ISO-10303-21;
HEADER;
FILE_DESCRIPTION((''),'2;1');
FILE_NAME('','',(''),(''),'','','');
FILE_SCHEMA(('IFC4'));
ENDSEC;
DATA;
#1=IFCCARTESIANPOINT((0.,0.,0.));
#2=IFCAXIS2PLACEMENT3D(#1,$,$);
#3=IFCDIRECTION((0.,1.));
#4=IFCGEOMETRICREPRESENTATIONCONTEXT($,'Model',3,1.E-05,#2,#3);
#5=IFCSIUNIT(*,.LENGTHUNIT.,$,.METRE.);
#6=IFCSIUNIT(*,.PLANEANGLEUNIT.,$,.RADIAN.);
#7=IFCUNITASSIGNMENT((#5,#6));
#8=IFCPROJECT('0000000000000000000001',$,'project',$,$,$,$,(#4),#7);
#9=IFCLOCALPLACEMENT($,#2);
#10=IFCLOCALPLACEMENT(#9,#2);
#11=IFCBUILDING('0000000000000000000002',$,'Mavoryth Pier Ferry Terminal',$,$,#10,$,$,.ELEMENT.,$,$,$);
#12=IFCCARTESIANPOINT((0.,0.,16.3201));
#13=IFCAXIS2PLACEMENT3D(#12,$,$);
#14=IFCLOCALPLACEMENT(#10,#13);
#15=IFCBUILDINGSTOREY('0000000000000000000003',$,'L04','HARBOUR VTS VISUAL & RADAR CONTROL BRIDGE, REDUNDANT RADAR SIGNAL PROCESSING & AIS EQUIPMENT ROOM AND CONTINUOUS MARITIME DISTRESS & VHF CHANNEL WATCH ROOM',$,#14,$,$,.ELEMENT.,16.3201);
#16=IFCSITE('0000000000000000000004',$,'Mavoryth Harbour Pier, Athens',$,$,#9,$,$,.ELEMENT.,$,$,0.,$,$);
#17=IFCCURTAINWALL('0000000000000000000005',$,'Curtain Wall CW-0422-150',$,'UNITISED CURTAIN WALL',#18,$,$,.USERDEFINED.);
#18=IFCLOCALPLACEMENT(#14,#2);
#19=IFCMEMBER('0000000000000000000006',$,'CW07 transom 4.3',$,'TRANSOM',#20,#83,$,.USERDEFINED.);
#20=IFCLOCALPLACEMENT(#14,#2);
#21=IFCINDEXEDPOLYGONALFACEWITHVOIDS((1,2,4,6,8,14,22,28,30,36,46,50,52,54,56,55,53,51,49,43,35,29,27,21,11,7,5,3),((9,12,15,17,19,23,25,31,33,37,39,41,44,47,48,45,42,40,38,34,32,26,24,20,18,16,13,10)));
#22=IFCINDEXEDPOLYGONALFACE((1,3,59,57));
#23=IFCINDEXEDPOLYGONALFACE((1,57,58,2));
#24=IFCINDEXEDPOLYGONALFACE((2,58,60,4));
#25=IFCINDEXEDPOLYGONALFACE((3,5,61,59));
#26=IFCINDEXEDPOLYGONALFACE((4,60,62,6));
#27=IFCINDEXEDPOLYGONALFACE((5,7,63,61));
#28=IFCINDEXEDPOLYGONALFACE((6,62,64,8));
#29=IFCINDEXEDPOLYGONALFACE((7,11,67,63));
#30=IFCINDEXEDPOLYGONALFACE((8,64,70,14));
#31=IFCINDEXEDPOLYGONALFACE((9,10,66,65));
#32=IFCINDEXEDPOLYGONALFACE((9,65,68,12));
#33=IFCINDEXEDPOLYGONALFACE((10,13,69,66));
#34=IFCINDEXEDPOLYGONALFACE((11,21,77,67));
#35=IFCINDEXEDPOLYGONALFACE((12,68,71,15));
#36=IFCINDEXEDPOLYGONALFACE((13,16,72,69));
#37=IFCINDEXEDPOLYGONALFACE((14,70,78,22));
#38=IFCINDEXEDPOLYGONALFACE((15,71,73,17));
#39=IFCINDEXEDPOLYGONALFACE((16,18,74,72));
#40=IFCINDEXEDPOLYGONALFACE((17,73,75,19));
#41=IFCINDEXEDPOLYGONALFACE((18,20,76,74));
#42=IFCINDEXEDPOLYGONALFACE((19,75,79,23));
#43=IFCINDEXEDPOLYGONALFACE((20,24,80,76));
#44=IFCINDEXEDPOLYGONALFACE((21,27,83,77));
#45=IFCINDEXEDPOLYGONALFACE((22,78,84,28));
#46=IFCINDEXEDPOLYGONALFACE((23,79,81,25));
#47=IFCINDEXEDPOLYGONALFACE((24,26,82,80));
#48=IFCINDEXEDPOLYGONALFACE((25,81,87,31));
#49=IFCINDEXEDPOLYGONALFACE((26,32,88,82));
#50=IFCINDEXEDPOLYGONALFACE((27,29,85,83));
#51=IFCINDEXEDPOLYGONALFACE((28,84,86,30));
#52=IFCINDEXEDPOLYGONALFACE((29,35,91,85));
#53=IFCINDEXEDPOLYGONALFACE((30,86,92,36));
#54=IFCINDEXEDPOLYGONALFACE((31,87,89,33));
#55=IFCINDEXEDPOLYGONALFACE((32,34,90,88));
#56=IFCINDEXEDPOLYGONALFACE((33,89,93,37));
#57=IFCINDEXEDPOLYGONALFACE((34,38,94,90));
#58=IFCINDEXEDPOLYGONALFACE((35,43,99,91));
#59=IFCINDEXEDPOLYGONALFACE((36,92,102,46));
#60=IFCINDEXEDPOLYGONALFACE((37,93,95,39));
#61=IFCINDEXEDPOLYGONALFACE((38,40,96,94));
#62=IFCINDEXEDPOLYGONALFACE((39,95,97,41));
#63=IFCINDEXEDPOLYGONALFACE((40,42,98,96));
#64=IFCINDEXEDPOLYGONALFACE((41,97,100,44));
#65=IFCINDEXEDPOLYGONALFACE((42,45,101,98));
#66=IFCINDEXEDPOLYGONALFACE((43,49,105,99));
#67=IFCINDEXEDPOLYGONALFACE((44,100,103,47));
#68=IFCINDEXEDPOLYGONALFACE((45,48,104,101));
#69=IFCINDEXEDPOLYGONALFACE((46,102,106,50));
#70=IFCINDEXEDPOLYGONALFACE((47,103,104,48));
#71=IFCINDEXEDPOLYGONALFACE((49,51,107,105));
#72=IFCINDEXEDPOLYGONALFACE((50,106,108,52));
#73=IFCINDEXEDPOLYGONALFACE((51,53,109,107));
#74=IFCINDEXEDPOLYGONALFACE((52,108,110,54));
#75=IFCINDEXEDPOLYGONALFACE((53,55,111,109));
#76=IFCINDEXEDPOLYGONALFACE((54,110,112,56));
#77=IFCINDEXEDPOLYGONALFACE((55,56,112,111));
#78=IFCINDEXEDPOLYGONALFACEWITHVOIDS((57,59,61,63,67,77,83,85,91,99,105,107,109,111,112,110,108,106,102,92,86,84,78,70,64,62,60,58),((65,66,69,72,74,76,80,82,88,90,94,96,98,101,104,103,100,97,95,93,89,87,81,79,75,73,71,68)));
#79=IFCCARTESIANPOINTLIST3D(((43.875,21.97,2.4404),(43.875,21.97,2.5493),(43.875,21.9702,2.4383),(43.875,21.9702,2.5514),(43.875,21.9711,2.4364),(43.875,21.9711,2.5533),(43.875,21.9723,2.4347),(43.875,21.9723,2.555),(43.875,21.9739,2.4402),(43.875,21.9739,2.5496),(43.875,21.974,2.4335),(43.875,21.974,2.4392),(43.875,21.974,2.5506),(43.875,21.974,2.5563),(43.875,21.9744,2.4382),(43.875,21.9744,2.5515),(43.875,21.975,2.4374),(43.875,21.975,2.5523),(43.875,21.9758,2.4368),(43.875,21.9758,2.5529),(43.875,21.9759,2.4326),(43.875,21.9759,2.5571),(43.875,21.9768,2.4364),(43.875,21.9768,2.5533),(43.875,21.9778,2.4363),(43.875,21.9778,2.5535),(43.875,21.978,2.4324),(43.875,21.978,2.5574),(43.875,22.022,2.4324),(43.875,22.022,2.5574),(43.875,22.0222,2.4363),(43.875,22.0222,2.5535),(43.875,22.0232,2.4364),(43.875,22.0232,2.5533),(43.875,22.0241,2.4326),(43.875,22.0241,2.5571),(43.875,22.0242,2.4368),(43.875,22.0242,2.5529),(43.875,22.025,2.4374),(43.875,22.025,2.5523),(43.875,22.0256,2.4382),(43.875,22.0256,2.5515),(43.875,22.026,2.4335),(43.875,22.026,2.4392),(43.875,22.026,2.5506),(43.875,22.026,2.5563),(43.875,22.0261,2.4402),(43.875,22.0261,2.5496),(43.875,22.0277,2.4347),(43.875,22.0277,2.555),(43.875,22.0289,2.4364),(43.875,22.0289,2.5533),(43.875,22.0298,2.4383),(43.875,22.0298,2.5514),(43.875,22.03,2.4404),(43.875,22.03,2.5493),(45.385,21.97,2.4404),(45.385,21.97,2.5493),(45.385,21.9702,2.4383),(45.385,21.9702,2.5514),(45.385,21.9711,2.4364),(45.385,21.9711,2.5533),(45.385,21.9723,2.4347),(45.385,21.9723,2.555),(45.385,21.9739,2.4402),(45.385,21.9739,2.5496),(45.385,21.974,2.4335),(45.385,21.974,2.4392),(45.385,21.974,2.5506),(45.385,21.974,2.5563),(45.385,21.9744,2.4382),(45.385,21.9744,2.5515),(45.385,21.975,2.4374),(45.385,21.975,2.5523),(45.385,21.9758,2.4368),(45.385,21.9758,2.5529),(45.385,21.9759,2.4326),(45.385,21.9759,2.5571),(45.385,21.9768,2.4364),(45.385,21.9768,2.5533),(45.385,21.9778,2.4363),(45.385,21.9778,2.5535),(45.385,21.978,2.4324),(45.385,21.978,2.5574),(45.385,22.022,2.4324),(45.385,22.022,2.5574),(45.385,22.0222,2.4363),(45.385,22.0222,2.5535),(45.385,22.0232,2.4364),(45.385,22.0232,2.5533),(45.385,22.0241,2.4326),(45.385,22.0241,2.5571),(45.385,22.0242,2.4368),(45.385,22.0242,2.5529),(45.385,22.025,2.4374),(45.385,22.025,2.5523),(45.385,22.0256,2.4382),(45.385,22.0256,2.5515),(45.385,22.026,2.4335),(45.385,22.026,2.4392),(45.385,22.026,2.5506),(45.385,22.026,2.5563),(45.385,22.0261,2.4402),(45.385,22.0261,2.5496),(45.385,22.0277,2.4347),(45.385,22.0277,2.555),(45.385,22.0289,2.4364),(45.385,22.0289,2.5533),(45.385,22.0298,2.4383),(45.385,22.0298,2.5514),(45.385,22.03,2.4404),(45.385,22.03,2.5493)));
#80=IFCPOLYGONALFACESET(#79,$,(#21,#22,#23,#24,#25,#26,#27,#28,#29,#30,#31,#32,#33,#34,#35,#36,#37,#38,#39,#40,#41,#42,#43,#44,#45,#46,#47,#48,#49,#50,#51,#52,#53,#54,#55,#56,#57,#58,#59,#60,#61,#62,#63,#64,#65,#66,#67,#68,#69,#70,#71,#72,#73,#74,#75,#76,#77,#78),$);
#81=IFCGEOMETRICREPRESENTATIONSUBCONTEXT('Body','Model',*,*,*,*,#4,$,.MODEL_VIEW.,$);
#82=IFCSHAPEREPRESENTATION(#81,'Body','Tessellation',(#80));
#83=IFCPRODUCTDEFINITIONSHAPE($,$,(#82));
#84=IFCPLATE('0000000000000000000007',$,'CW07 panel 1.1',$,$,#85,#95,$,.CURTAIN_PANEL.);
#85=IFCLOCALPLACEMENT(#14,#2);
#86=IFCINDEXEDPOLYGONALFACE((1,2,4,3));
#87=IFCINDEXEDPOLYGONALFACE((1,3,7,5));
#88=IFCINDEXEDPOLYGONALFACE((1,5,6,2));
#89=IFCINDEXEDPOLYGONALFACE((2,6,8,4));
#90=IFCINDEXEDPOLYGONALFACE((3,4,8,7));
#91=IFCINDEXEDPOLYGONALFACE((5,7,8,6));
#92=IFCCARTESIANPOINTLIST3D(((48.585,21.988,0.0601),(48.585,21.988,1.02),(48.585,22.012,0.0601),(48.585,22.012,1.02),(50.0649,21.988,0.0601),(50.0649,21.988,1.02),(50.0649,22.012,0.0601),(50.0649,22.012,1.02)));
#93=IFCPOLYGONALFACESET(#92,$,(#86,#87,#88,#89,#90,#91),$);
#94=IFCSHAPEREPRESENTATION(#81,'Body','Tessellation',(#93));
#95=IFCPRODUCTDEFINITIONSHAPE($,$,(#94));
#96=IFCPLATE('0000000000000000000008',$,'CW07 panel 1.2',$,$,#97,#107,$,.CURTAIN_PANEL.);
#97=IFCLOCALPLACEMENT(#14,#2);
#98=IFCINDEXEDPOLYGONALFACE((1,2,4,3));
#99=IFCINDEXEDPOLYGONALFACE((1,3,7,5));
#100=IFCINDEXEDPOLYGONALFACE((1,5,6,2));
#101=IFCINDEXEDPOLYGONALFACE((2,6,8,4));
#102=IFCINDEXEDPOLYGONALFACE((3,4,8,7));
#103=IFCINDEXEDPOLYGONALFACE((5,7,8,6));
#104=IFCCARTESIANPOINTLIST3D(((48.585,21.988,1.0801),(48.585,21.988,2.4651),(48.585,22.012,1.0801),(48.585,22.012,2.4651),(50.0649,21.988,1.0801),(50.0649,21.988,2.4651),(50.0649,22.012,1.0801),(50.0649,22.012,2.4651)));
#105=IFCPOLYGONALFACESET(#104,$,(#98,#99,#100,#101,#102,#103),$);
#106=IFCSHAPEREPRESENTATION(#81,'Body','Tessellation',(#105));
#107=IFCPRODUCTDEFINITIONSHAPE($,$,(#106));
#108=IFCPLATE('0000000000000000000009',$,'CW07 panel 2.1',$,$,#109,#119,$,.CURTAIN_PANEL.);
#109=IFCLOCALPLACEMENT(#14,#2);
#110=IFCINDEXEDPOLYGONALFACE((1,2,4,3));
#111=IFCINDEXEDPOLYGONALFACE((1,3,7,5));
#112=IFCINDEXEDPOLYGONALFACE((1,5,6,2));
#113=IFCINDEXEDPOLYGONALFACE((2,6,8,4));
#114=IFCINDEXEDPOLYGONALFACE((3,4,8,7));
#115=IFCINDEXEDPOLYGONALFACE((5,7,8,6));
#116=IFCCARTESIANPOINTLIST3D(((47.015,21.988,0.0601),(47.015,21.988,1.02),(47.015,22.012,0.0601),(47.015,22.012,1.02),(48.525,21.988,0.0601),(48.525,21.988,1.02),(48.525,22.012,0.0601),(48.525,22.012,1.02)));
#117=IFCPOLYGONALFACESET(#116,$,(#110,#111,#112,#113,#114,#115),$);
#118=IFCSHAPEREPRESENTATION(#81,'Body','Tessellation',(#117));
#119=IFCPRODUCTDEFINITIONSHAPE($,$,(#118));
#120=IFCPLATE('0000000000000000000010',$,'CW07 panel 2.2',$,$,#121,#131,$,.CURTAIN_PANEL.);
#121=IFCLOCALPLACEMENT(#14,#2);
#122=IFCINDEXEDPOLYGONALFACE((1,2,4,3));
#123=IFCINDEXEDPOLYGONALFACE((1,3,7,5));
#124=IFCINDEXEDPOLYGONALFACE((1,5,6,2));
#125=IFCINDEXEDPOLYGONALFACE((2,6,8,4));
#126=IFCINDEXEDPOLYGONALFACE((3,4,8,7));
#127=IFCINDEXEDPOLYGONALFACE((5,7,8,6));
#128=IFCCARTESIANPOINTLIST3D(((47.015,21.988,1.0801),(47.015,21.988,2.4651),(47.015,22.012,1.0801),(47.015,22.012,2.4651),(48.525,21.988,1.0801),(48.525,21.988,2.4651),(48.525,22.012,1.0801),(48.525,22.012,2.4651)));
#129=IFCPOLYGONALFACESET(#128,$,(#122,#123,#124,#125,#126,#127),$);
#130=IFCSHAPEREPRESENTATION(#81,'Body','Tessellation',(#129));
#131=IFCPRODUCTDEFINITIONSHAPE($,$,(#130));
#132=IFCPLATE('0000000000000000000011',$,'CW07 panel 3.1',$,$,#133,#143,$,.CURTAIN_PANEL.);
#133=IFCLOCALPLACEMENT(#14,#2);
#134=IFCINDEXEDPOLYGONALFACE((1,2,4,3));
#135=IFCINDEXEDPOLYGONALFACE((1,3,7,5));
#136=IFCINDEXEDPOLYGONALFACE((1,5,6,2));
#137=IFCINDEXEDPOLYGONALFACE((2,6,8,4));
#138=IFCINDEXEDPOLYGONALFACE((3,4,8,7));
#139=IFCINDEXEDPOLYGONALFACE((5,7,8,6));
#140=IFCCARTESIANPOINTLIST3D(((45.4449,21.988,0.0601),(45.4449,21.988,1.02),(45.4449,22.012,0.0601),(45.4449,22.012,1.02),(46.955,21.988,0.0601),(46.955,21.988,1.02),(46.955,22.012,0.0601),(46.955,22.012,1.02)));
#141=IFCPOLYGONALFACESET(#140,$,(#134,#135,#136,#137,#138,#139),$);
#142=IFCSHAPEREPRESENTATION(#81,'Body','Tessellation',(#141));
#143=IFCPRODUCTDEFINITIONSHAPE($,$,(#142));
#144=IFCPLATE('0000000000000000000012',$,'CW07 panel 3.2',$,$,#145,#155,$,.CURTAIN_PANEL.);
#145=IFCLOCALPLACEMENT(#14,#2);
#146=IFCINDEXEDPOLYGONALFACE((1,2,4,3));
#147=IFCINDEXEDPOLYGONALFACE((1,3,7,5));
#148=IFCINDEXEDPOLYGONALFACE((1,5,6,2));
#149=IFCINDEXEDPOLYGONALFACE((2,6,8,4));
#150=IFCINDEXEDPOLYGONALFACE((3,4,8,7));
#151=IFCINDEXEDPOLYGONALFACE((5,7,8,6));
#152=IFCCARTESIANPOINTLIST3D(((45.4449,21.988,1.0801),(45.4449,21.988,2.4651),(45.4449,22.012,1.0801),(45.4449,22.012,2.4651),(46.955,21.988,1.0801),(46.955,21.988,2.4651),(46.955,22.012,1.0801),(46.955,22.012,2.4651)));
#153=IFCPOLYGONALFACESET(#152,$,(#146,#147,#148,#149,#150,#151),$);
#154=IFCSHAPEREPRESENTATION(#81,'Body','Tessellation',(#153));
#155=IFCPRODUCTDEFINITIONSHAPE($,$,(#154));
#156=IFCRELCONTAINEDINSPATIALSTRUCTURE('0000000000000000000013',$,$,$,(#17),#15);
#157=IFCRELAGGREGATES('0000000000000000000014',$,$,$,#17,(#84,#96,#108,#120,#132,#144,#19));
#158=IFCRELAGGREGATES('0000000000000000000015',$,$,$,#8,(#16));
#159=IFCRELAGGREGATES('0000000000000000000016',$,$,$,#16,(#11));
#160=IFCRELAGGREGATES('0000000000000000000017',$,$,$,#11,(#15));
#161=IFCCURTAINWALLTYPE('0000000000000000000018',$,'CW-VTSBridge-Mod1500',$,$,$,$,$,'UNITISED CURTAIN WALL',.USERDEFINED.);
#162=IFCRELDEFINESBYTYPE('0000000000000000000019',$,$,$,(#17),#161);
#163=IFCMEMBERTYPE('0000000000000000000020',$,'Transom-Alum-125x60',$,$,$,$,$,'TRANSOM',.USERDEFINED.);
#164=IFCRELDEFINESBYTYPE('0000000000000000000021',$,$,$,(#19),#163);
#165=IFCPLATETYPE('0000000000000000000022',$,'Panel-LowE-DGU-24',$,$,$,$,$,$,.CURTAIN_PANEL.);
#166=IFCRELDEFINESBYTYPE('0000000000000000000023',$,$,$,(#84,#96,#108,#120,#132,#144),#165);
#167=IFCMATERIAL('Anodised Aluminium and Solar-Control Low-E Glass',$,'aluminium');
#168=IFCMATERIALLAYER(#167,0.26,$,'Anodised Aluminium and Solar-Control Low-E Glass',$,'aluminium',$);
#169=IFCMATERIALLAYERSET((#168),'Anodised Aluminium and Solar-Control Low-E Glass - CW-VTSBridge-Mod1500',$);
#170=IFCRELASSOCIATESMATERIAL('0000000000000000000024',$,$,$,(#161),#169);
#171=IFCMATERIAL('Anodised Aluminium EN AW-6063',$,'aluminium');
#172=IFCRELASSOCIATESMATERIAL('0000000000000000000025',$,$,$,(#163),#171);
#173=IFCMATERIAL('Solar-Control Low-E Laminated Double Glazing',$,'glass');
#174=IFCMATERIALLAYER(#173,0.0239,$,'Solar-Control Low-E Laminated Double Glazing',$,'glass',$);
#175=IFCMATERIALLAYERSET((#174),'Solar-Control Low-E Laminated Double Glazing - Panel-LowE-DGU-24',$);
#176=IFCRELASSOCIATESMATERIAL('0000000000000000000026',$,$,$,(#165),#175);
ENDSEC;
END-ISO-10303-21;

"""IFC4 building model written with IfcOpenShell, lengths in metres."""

from ifc_helpers import new_model, si_unit, direction, frame, origin, origin_2d, place, context, subcontext, project, spatial, rectangle, hollow_rectangle, extrude, material, layer, layer_set, material_profile, profile_set, type_object, element, aggregate, save


model = new_model("IFC4")

# Units and contexts
model_context = context("Model", 3, precision=1e-05, world=origin(), true_north=direction((0.0, 1.0)))
body_context = subcontext(model_context, "Body", "Model", "MODEL_VIEW")
ifc_project = project(units=[si_unit("LENGTHUNIT", "METRE"), si_unit("PLANEANGLEUNIT", "RADIAN")], contexts=[model_context])

# Site, building, storey
site_placement = place(None, origin())
site = spatial("IfcSite", under=ifc_project, at=site_placement, Name="Mavoryth Harbour Pier, Athens", CompositionType="ELEMENT", RefElevation=0.0)
building_placement = place(site_placement, origin())
building = spatial("IfcBuilding", under=site, at=building_placement, Name="Mavoryth Pier Ferry Terminal", CompositionType="ELEMENT")
storey_placement = place(building_placement, frame((0.0, 0.0, 16.3201)))
storey = spatial("IfcBuildingStorey", under=building, at=storey_placement, Name="L04", Description="HARBOUR VTS VISUAL & RADAR CONTROL BRIDGE, REDUNDANT RADAR SIGNAL PROCESSING & AIS EQUIPMENT ROOM AND CONTINUOUS MARITIME DISTRESS & VHF CHANNEL WATCH ROOM", CompositionType="ELEMENT", Elevation=16.3201)

# Curtain wall, member, plates
ifc_material_1 = material(Name="Anodised Aluminium and Solar-Control Low-E Glass", Category="aluminium")
ifc_layer_1 = layer(ifc_material_1, 0.26, Name="Anodised Aluminium and Solar-Control Low-E Glass", Category="aluminium")
ifc_layer_set_1 = layer_set([ifc_layer_1], Name="Anodised Aluminium and Solar-Control Low-E Glass - CW-VTSBridge-Mod1500")
curtain_wall_type = type_object("IfcCurtainWallType", Name="CW-VTSBridge-Mod1500", ElementType="UNITISED CURTAIN WALL", PredefinedType="USERDEFINED", material=ifc_layer_set_1)
curtain_wall_placement = place(storey_placement, origin())
curtain_wall = element("IfcCurtainWall", 1, at=curtain_wall_placement, inside=storey, type_object=curtain_wall_type, Name="Curtain Wall CW-0422-150", ObjectType="UNITISED CURTAIN WALL", PredefinedType="USERDEFINED")
ifc_material_2 = material(Name="Anodised Aluminium EN AW-6063", Category="aluminium")
ifc_material_profile_1 = material_profile(ifc_material_2, hollow_rectangle(XDim=0.0601, YDim=0.125, WallThickness=0.0039, InnerFilletRadius=0.0039, OuterFilletRadius=0.0081, at=origin_2d()), Name="AL-TRAN 125x60x4", Category="aluminium")
ifc_profile_set_1 = profile_set([ifc_material_profile_1], Name="Anodised Aluminium EN AW-6063 - AL-TRAN 125x60x4")
member_type_1 = type_object("IfcMemberType", Name="Transom-Alum-125x60", ElementType="TRANSOM", PredefinedType="USERDEFINED", material=ifc_profile_set_1)
member_1_placement = place(storey_placement, frame((45.385, 22.0, 2.4949), z_axis=(-1.0, 0.0, 0.0), x_axis=(0.0, -1.0, 0.0)))
member_1 = element("IfcMember", 2, at=member_1_placement, type_object=member_type_1, Name="CW07 transom 4.3", ObjectType="TRANSOM", PredefinedType="USERDEFINED", context=body_context, shape_type="SweptSolid", body=[
    extrude(hollow_rectangle(XDim=0.0601, YDim=0.125, WallThickness=0.0039, InnerFilletRadius=0.0039, OuterFilletRadius=0.0081, at=origin_2d()), origin(), (0.0, 0.0, 1.0), 1.51),
])
ifc_material_3 = material(Name="Solar-Control Low-E Laminated Double Glazing", Category="glass")
ifc_layer_2 = layer(ifc_material_3, 0.0239, Name="Solar-Control Low-E Laminated Double Glazing", Category="glass")
ifc_layer_set_2 = layer_set([ifc_layer_2], Name="Solar-Control Low-E Laminated Double Glazing - Panel-LowE-DGU-24")
plate_type = type_object("IfcPlateType", Name="Panel-LowE-DGU-24", PredefinedType="CURTAIN_PANEL", material=ifc_layer_set_2)
plate_1_placement = place(storey_placement, frame((49.325, 22.0, 0.0601), z_axis=(0.0, 0.0, 1.0), x_axis=(-1.0, 0.0, 0.0)))
plate_1 = element("IfcPlate", 3, at=plate_1_placement, type_object=plate_type, Name="CW07 panel 1.1", PredefinedType="CURTAIN_PANEL", context=body_context, shape_type="SweptSolid", body=[
    extrude(rectangle(XDim=1.48, YDim=0.0239, at=origin_2d()), origin(), (0.0, 0.0, 1.0), 0.96),
])
plate_2_placement = place(storey_placement, frame((49.325, 22.0, 1.0801), z_axis=(0.0, 0.0, 1.0), x_axis=(-1.0, 0.0, 0.0)))
plate_2 = element("IfcPlate", 4, at=plate_2_placement, type_object=plate_type, Name="CW07 panel 1.2", PredefinedType="CURTAIN_PANEL", context=body_context, shape_type="SweptSolid", body=[
    extrude(rectangle(XDim=1.48, YDim=0.0239, at=origin_2d()), origin(), (0.0, 0.0, 1.0), 1.385),
])
plate_3_placement = place(storey_placement, frame((47.77, 22.0, 0.0601), z_axis=(0.0, 0.0, 1.0), x_axis=(-1.0, 0.0, 0.0)))
plate_3 = element("IfcPlate", 5, at=plate_3_placement, type_object=plate_type, Name="CW07 panel 2.1", PredefinedType="CURTAIN_PANEL", context=body_context, shape_type="SweptSolid", body=[
    extrude(rectangle(XDim=1.51, YDim=0.0239, at=origin_2d()), origin(), (0.0, 0.0, 1.0), 0.96),
])
plate_4_placement = place(storey_placement, frame((47.77, 22.0, 1.0801), z_axis=(0.0, 0.0, 1.0), x_axis=(-1.0, 0.0, 0.0)))
plate_4 = element("IfcPlate", 6, at=plate_4_placement, type_object=plate_type, Name="CW07 panel 2.2", PredefinedType="CURTAIN_PANEL", context=body_context, shape_type="SweptSolid", body=[
    extrude(rectangle(XDim=1.51, YDim=0.0239, at=origin_2d()), origin(), (0.0, 0.0, 1.0), 1.385),
])
plate_5_placement = place(storey_placement, frame((46.2, 22.0, 0.0601), z_axis=(0.0, 0.0, 1.0), x_axis=(-1.0, 0.0, 0.0)))
plate_5 = element("IfcPlate", 7, at=plate_5_placement, type_object=plate_type, Name="CW07 panel 3.1", PredefinedType="CURTAIN_PANEL", context=body_context, shape_type="SweptSolid", body=[
    extrude(rectangle(XDim=1.51, YDim=0.0239, at=origin_2d()), origin(), (0.0, 0.0, 1.0), 0.96),
])
plate_6_placement = place(storey_placement, frame((46.2, 22.0, 1.0801), z_axis=(0.0, 0.0, 1.0), x_axis=(-1.0, 0.0, 0.0)))
plate_6 = element("IfcPlate", 8, at=plate_6_placement, type_object=plate_type, Name="CW07 panel 3.2", PredefinedType="CURTAIN_PANEL", context=body_context, shape_type="SweptSolid", body=[
    extrude(rectangle(XDim=1.51, YDim=0.0239, at=origin_2d()), origin(), (0.0, 0.0, 1.0), 1.385),
])
aggregate(curtain_wall, [plate_1, plate_2, plate_3, plate_4, plate_5, plate_6, member_1])

save(model, "model.ifc")
